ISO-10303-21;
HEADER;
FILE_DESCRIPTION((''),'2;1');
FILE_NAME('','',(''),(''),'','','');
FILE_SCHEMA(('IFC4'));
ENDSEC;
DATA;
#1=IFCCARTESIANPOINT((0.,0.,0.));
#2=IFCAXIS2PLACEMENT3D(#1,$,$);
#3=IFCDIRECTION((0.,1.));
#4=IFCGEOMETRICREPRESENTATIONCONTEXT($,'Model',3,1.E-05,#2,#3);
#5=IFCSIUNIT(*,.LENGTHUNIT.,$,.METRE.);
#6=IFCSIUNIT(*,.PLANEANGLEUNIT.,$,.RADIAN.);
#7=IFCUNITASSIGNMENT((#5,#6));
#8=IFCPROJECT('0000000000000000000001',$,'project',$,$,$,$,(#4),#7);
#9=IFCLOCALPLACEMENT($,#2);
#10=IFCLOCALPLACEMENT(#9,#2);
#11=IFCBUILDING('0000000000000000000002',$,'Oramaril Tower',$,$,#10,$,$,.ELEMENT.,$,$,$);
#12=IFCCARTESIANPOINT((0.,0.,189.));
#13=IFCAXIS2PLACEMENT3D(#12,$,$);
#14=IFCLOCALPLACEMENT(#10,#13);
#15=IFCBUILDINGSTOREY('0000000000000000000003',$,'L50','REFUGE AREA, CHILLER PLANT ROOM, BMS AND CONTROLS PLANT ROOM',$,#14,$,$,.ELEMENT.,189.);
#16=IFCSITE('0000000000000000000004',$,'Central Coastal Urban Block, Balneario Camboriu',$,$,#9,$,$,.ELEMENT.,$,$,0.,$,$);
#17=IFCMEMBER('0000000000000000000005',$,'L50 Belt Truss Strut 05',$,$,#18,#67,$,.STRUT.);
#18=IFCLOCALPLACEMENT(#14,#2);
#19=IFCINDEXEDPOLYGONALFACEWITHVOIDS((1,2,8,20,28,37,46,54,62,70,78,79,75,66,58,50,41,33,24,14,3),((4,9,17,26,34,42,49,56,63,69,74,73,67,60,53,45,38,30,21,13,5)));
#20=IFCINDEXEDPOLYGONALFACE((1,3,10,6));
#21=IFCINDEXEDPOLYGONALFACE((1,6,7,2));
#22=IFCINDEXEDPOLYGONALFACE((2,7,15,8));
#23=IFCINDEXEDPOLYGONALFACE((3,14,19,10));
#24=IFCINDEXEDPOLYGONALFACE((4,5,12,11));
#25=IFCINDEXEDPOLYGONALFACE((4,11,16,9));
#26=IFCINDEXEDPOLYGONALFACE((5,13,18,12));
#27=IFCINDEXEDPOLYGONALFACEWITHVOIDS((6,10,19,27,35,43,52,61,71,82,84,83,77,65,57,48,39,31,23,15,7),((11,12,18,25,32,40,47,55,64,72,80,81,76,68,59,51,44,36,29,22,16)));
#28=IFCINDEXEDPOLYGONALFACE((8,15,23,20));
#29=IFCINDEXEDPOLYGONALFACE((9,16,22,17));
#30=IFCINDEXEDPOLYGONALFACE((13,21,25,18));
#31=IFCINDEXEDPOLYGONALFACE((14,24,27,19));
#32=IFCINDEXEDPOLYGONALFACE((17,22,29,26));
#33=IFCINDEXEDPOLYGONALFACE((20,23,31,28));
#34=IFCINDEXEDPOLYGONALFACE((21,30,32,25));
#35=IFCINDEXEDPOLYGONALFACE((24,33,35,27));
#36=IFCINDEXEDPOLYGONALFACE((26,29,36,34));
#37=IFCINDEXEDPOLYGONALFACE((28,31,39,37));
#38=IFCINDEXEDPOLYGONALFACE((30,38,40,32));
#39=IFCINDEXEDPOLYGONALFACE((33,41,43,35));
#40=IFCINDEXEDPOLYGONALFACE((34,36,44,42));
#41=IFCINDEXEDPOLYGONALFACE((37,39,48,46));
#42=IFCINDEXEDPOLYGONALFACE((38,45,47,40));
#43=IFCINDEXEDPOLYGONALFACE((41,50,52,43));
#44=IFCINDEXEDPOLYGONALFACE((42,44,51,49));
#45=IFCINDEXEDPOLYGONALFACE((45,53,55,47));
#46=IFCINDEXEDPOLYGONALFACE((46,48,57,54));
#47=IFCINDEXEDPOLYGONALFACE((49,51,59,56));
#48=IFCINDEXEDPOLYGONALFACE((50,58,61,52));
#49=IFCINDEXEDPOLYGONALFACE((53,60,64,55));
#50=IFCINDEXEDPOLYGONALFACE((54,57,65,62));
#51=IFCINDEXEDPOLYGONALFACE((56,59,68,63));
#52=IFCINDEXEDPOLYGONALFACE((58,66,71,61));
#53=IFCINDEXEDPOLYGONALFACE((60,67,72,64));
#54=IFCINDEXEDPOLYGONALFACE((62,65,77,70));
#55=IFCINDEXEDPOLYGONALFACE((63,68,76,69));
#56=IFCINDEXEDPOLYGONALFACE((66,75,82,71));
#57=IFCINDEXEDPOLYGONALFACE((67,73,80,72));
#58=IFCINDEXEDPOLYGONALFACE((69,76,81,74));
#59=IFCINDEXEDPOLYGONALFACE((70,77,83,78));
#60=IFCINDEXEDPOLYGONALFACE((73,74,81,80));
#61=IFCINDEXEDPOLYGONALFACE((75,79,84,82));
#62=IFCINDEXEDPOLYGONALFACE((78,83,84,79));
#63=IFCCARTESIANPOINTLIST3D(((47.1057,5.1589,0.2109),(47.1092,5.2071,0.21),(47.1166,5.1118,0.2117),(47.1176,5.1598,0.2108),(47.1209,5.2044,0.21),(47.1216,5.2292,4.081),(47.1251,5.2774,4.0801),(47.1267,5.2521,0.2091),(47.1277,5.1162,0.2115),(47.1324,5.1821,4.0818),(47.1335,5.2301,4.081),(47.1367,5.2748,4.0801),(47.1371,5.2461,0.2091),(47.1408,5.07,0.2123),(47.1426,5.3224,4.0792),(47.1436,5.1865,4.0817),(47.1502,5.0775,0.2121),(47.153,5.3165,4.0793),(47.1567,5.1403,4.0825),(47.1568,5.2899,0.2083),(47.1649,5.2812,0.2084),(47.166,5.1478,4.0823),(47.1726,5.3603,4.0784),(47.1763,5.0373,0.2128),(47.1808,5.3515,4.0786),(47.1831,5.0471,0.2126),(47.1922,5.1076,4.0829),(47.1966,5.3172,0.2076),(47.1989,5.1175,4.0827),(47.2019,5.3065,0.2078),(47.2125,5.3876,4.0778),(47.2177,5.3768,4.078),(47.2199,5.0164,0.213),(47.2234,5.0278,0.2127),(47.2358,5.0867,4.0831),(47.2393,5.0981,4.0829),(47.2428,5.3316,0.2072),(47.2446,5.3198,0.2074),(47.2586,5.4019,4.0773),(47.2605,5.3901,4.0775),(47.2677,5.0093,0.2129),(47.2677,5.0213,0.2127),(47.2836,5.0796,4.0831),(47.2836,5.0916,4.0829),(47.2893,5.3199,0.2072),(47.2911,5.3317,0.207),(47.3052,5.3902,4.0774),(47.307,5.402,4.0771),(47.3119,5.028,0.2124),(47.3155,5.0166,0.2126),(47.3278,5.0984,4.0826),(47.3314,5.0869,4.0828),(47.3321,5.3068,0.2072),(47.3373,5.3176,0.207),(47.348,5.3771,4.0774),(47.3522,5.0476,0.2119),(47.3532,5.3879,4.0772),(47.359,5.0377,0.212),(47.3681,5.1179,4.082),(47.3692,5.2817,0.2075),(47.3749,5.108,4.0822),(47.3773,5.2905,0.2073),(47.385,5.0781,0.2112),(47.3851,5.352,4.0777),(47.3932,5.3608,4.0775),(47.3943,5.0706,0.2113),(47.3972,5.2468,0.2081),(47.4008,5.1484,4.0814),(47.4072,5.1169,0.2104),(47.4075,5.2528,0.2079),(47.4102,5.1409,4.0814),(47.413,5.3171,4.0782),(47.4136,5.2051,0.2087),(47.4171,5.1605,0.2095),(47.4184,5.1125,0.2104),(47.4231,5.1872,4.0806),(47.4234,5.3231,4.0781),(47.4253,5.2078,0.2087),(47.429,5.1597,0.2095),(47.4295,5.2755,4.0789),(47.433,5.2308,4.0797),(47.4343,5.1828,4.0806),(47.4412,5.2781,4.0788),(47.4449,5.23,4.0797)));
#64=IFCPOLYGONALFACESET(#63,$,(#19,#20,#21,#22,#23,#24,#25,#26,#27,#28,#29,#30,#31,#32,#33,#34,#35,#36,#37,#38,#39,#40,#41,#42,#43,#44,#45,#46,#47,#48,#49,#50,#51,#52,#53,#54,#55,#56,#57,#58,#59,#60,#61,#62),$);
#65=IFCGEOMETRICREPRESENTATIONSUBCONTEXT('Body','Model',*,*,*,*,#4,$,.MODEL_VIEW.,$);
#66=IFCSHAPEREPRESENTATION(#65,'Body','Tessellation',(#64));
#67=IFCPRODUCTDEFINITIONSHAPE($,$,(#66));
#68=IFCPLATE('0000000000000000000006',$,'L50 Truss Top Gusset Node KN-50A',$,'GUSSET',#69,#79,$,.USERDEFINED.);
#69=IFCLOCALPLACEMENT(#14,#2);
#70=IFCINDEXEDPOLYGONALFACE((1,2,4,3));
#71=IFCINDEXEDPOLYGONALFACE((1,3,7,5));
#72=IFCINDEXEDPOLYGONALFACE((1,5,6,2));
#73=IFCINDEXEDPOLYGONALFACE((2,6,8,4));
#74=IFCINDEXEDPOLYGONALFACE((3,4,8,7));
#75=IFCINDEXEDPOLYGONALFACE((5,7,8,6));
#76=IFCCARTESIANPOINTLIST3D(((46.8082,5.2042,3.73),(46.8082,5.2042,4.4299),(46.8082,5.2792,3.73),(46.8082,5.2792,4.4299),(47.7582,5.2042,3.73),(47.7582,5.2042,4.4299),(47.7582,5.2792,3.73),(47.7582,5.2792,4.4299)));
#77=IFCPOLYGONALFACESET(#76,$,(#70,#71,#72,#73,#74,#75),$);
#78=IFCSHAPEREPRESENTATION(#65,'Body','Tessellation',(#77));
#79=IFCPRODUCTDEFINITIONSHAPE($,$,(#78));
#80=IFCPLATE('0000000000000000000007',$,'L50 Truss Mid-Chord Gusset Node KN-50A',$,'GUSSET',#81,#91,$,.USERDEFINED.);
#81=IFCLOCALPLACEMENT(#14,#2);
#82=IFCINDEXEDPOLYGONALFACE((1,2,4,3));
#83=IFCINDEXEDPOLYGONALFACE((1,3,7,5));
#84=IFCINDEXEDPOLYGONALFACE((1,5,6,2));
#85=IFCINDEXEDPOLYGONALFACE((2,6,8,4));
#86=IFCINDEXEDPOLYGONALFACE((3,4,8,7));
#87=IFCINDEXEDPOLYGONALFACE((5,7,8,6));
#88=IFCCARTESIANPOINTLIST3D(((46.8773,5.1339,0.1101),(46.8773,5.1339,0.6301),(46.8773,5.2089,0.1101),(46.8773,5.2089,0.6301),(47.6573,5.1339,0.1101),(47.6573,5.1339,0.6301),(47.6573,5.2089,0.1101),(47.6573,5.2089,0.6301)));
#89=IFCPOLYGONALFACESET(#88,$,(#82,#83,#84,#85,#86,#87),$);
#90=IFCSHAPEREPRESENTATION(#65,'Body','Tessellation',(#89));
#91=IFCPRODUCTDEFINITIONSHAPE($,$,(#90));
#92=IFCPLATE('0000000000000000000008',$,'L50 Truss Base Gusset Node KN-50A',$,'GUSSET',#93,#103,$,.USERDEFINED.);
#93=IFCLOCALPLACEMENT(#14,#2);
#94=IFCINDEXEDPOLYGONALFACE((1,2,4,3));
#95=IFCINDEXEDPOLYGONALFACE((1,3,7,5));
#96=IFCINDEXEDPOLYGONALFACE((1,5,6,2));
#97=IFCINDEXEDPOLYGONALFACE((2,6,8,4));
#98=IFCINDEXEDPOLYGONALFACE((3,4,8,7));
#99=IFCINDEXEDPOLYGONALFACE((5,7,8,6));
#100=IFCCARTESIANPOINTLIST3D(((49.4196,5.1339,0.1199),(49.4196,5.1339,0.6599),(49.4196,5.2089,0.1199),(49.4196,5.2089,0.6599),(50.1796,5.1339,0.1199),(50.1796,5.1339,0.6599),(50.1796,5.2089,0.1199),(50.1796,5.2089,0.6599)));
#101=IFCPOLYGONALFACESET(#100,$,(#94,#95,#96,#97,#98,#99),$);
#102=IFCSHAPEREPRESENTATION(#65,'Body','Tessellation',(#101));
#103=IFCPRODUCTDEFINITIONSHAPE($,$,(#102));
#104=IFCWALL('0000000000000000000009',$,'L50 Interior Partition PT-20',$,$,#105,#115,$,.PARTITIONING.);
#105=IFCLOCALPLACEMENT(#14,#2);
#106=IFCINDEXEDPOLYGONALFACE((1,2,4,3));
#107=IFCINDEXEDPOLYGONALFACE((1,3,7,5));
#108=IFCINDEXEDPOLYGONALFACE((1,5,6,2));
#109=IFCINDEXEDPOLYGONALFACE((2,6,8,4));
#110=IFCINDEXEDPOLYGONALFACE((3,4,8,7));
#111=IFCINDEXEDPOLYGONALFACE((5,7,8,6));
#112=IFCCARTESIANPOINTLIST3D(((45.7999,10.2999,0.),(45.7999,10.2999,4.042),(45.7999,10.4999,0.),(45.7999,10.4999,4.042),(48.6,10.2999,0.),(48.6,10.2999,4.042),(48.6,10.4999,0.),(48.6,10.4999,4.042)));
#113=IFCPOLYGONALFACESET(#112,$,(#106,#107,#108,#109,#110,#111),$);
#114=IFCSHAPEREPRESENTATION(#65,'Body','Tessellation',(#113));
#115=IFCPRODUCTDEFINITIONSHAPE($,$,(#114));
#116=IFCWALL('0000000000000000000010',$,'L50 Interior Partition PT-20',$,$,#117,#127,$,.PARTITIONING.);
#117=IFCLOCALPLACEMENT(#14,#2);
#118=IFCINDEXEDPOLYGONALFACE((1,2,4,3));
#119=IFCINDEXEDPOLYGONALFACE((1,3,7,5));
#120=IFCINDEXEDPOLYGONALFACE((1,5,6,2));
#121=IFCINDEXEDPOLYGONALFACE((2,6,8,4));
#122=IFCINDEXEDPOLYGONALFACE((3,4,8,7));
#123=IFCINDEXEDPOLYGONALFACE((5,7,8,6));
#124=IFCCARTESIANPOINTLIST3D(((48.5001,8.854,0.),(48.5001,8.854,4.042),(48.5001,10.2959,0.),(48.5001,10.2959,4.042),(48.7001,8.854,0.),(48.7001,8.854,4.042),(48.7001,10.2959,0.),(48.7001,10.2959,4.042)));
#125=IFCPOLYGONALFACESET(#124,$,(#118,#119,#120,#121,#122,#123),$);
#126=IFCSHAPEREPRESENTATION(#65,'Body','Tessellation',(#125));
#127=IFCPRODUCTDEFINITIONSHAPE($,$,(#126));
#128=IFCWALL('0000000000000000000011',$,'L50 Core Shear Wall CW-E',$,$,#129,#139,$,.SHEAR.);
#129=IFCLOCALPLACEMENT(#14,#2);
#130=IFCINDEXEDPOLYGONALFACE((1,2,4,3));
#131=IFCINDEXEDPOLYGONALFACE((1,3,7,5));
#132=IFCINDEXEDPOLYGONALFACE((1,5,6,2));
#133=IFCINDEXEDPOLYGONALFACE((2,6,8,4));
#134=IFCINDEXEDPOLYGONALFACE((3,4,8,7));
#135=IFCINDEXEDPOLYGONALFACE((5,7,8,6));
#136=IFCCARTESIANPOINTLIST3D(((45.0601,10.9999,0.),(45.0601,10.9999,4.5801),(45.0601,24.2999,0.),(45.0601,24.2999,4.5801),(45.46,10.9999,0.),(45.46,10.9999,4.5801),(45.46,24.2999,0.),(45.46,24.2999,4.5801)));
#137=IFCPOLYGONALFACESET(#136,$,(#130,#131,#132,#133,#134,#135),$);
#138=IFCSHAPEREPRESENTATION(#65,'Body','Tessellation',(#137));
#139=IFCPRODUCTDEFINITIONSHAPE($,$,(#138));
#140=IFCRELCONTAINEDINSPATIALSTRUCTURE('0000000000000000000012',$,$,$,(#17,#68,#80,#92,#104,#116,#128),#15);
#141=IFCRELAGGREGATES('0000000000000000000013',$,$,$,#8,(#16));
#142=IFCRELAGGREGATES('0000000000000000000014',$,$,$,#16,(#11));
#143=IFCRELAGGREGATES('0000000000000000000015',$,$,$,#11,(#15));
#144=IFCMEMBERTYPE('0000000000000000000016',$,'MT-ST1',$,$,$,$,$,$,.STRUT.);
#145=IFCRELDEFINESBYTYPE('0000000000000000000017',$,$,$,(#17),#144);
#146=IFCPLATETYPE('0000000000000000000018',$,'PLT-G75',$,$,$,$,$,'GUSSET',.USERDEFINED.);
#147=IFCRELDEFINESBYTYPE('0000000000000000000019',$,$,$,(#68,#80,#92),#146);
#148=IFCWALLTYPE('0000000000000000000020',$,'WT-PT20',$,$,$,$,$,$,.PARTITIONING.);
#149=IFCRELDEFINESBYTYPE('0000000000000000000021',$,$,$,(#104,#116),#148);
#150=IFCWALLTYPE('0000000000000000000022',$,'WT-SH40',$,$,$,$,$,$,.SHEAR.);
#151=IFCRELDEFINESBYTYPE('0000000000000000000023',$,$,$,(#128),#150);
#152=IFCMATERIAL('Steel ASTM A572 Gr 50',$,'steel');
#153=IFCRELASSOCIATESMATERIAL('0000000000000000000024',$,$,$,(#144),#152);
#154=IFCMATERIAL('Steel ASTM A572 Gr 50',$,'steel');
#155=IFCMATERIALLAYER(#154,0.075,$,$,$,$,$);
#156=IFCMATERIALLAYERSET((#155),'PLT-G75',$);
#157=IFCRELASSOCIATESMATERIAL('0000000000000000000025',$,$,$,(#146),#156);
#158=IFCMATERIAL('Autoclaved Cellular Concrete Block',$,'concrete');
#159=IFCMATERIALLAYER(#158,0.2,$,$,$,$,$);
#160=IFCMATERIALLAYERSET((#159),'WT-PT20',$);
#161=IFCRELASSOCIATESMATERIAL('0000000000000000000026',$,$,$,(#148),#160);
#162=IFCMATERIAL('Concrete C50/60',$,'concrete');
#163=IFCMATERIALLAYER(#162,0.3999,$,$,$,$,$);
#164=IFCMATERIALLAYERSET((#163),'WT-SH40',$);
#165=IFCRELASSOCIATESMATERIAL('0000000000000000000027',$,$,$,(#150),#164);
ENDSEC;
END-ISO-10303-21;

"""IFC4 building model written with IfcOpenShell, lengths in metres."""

from ifc_helpers import new_model, si_unit, direction, frame, frame_2d, origin, origin_2d, place, context, subcontext, project, spatial, rectangle, hollow_circle, extrude, material, layer, layer_set, material_profile, profile_set, type_object, element, save


model = new_model("IFC4")

# Units and contexts
model_context = context("Model", 3, precision=1e-05, world=origin(), true_north=direction((0.0, 1.0)))
body_context = subcontext(model_context, "Body", "Model", "MODEL_VIEW")
ifc_project = project(units=[si_unit("LENGTHUNIT", "METRE"), si_unit("PLANEANGLEUNIT", "RADIAN")], contexts=[model_context])

# Site, building, storey
site_placement = place(None, origin())
site = spatial("IfcSite", under=ifc_project, at=site_placement, Name="Central Coastal Urban Block, Balneario Camboriu", CompositionType="ELEMENT", RefElevation=0.0)
building_placement = place(site_placement, origin())
building = spatial("IfcBuilding", under=site, at=building_placement, Name="Oramaril Tower", CompositionType="ELEMENT")
storey_placement = place(building_placement, frame((0.0, 0.0, 189.0)))
storey = spatial("IfcBuildingStorey", under=building, at=storey_placement, Name="L50", Description="REFUGE AREA, CHILLER PLANT ROOM, BMS AND CONTROLS PLANT ROOM", CompositionType="ELEMENT", Elevation=189.0)

# Member
ifc_material_1 = material(Name="Steel ASTM A572 Gr 50", Category="steel")
ifc_material_profile_1 = material_profile(ifc_material_1, hollow_circle(Radius=0.1621, WallThickness=0.012, at=origin_2d()), Name="CHS324X12")
ifc_profile_set_1 = profile_set([ifc_material_profile_1], Name="Steel ASTM A572 Gr 50")
member_type_1 = type_object("IfcMemberType", Name="MT-ST1", PredefinedType="STRUT", material=ifc_profile_set_1)
member_1_placement = place(storey_placement, frame((47.2673, 5.1714, 0.21), z_axis=(0.0041, 0.018165, 0.999827), x_axis=(-0.975464, 0.220157, 0.0)))
element("IfcMember", 1, at=member_1_placement, inside=storey, type_object=member_type_1, Name="L50 Belt Truss Strut 05", PredefinedType="STRUT", context=body_context, shape_type="SweptSolid", body=[
    extrude(hollow_circle(Radius=0.1621, WallThickness=0.012, at=origin_2d()), origin(), (0.0, 0.0, 1.0), 3.8708),
])

# Plates
ifc_material_2 = material(Name="Steel ASTM A572 Gr 50", Category="steel")
ifc_layer_1 = layer(ifc_material_2, 0.075)
ifc_layer_set_1 = layer_set([ifc_layer_1], Name="PLT-G75")
plate_type = type_object("IfcPlateType", Name="PLT-G75", ElementType="GUSSET", PredefinedType="USERDEFINED", material=ifc_layer_set_1)
plate_1_placement = place(storey_placement, frame((47.2832, 5.2417, 3.73), z_axis=(0.0, 0.0, 1.0), x_axis=(1.0, 0.0, 0.0)))
element("IfcPlate", 2, at=plate_1_placement, inside=storey, type_object=plate_type, Name="L50 Truss Top Gusset Node KN-50A", ObjectType="GUSSET", PredefinedType="USERDEFINED", context=body_context, shape_type="SweptSolid", body=[
    extrude(rectangle(XDim=0.95, YDim=0.075, at=origin_2d()), origin(), (0.0, 0.0, 1.0), 0.7),
])
plate_2_placement = place(storey_placement, frame((47.2673, 5.1714, 0.1101), z_axis=(0.0, 0.0, 1.0), x_axis=(1.0, 0.0, 0.0)))
element("IfcPlate", 3, at=plate_2_placement, inside=storey, type_object=plate_type, Name="L50 Truss Mid-Chord Gusset Node KN-50A", ObjectType="GUSSET", PredefinedType="USERDEFINED", context=body_context, shape_type="SweptSolid", body=[
    extrude(rectangle(XDim=0.78, YDim=0.075, at=origin_2d()), origin(), (0.0, 0.0, 1.0), 0.52),
])
plate_3_placement = place(storey_placement, frame((49.7996, 5.1714, 0.1199), z_axis=(0.0, 0.0, 1.0), x_axis=(1.0, 0.0, 0.0)))
element("IfcPlate", 4, at=plate_3_placement, inside=storey, type_object=plate_type, Name="L50 Truss Base Gusset Node KN-50A", ObjectType="GUSSET", PredefinedType="USERDEFINED", context=body_context, shape_type="SweptSolid", body=[
    extrude(rectangle(XDim=0.76, YDim=0.075, at=origin_2d()), origin(), (0.0, 0.0, 1.0), 0.54),
])

# Walls
ifc_material_3 = material(Name="Autoclaved Cellular Concrete Block", Category="concrete")
ifc_layer_2 = layer(ifc_material_3, 0.2)
ifc_layer_set_2 = layer_set([ifc_layer_2], Name="WT-PT20")
wall_type_1 = type_object("IfcWallType", Name="WT-PT20", PredefinedType="PARTITIONING", material=ifc_layer_set_2)
wall_1_placement = place(storey_placement, frame((45.8, 10.3999, 0.0), z_axis=(0.0, 0.0, 1.0), x_axis=(1.0, 0.0, 0.0)))
element("IfcWall", 5, at=wall_1_placement, inside=storey, type_object=wall_type_1, Name="L50 Interior Partition PT-20", PredefinedType="PARTITIONING", context=body_context, shape_type="SweptSolid", body=[
    extrude(rectangle(XDim=2.8, YDim=0.2, at=frame_2d((1.3999, 0.0))), origin(), (0.0, 0.0, 1.0), 4.042),
])
wall_2_placement = place(storey_placement, frame((48.6001, 8.854, 0.0), z_axis=(0.0, 0.0, 1.0), x_axis=(0.0, 1.0, 0.0)))
element("IfcWall", 6, at=wall_2_placement, inside=storey, type_object=wall_type_1, Name="L50 Interior Partition PT-20", PredefinedType="PARTITIONING", context=body_context, shape_type="SweptSolid", body=[
    extrude(rectangle(XDim=1.4419, YDim=0.2, at=frame_2d((0.7209, 0.0))), origin(), (0.0, 0.0, 1.0), 4.042),
])
ifc_material_4 = material(Name="Concrete C50/60", Category="concrete")
ifc_layer_3 = layer(ifc_material_4, 0.3999)
ifc_layer_set_3 = layer_set([ifc_layer_3], Name="WT-SH40")
wall_type_2 = type_object("IfcWallType", Name="WT-SH40", PredefinedType="SHEAR", material=ifc_layer_set_3)
wall_3_placement = place(storey_placement, frame((45.26, 11.0, 0.0), z_axis=(0.0, 0.0, 1.0), x_axis=(0.0, 1.0, 0.0)))
element("IfcWall", 7, at=wall_3_placement, inside=storey, type_object=wall_type_2, Name="L50 Core Shear Wall CW-E", PredefinedType="SHEAR", context=body_context, shape_type="SweptSolid", body=[
    extrude(rectangle(XDim=13.3, YDim=0.3999, at=frame_2d((6.6499, 0.0))), origin(), (0.0, 0.0, 1.0), 4.5801),
])

save(model, "model.ifc")
